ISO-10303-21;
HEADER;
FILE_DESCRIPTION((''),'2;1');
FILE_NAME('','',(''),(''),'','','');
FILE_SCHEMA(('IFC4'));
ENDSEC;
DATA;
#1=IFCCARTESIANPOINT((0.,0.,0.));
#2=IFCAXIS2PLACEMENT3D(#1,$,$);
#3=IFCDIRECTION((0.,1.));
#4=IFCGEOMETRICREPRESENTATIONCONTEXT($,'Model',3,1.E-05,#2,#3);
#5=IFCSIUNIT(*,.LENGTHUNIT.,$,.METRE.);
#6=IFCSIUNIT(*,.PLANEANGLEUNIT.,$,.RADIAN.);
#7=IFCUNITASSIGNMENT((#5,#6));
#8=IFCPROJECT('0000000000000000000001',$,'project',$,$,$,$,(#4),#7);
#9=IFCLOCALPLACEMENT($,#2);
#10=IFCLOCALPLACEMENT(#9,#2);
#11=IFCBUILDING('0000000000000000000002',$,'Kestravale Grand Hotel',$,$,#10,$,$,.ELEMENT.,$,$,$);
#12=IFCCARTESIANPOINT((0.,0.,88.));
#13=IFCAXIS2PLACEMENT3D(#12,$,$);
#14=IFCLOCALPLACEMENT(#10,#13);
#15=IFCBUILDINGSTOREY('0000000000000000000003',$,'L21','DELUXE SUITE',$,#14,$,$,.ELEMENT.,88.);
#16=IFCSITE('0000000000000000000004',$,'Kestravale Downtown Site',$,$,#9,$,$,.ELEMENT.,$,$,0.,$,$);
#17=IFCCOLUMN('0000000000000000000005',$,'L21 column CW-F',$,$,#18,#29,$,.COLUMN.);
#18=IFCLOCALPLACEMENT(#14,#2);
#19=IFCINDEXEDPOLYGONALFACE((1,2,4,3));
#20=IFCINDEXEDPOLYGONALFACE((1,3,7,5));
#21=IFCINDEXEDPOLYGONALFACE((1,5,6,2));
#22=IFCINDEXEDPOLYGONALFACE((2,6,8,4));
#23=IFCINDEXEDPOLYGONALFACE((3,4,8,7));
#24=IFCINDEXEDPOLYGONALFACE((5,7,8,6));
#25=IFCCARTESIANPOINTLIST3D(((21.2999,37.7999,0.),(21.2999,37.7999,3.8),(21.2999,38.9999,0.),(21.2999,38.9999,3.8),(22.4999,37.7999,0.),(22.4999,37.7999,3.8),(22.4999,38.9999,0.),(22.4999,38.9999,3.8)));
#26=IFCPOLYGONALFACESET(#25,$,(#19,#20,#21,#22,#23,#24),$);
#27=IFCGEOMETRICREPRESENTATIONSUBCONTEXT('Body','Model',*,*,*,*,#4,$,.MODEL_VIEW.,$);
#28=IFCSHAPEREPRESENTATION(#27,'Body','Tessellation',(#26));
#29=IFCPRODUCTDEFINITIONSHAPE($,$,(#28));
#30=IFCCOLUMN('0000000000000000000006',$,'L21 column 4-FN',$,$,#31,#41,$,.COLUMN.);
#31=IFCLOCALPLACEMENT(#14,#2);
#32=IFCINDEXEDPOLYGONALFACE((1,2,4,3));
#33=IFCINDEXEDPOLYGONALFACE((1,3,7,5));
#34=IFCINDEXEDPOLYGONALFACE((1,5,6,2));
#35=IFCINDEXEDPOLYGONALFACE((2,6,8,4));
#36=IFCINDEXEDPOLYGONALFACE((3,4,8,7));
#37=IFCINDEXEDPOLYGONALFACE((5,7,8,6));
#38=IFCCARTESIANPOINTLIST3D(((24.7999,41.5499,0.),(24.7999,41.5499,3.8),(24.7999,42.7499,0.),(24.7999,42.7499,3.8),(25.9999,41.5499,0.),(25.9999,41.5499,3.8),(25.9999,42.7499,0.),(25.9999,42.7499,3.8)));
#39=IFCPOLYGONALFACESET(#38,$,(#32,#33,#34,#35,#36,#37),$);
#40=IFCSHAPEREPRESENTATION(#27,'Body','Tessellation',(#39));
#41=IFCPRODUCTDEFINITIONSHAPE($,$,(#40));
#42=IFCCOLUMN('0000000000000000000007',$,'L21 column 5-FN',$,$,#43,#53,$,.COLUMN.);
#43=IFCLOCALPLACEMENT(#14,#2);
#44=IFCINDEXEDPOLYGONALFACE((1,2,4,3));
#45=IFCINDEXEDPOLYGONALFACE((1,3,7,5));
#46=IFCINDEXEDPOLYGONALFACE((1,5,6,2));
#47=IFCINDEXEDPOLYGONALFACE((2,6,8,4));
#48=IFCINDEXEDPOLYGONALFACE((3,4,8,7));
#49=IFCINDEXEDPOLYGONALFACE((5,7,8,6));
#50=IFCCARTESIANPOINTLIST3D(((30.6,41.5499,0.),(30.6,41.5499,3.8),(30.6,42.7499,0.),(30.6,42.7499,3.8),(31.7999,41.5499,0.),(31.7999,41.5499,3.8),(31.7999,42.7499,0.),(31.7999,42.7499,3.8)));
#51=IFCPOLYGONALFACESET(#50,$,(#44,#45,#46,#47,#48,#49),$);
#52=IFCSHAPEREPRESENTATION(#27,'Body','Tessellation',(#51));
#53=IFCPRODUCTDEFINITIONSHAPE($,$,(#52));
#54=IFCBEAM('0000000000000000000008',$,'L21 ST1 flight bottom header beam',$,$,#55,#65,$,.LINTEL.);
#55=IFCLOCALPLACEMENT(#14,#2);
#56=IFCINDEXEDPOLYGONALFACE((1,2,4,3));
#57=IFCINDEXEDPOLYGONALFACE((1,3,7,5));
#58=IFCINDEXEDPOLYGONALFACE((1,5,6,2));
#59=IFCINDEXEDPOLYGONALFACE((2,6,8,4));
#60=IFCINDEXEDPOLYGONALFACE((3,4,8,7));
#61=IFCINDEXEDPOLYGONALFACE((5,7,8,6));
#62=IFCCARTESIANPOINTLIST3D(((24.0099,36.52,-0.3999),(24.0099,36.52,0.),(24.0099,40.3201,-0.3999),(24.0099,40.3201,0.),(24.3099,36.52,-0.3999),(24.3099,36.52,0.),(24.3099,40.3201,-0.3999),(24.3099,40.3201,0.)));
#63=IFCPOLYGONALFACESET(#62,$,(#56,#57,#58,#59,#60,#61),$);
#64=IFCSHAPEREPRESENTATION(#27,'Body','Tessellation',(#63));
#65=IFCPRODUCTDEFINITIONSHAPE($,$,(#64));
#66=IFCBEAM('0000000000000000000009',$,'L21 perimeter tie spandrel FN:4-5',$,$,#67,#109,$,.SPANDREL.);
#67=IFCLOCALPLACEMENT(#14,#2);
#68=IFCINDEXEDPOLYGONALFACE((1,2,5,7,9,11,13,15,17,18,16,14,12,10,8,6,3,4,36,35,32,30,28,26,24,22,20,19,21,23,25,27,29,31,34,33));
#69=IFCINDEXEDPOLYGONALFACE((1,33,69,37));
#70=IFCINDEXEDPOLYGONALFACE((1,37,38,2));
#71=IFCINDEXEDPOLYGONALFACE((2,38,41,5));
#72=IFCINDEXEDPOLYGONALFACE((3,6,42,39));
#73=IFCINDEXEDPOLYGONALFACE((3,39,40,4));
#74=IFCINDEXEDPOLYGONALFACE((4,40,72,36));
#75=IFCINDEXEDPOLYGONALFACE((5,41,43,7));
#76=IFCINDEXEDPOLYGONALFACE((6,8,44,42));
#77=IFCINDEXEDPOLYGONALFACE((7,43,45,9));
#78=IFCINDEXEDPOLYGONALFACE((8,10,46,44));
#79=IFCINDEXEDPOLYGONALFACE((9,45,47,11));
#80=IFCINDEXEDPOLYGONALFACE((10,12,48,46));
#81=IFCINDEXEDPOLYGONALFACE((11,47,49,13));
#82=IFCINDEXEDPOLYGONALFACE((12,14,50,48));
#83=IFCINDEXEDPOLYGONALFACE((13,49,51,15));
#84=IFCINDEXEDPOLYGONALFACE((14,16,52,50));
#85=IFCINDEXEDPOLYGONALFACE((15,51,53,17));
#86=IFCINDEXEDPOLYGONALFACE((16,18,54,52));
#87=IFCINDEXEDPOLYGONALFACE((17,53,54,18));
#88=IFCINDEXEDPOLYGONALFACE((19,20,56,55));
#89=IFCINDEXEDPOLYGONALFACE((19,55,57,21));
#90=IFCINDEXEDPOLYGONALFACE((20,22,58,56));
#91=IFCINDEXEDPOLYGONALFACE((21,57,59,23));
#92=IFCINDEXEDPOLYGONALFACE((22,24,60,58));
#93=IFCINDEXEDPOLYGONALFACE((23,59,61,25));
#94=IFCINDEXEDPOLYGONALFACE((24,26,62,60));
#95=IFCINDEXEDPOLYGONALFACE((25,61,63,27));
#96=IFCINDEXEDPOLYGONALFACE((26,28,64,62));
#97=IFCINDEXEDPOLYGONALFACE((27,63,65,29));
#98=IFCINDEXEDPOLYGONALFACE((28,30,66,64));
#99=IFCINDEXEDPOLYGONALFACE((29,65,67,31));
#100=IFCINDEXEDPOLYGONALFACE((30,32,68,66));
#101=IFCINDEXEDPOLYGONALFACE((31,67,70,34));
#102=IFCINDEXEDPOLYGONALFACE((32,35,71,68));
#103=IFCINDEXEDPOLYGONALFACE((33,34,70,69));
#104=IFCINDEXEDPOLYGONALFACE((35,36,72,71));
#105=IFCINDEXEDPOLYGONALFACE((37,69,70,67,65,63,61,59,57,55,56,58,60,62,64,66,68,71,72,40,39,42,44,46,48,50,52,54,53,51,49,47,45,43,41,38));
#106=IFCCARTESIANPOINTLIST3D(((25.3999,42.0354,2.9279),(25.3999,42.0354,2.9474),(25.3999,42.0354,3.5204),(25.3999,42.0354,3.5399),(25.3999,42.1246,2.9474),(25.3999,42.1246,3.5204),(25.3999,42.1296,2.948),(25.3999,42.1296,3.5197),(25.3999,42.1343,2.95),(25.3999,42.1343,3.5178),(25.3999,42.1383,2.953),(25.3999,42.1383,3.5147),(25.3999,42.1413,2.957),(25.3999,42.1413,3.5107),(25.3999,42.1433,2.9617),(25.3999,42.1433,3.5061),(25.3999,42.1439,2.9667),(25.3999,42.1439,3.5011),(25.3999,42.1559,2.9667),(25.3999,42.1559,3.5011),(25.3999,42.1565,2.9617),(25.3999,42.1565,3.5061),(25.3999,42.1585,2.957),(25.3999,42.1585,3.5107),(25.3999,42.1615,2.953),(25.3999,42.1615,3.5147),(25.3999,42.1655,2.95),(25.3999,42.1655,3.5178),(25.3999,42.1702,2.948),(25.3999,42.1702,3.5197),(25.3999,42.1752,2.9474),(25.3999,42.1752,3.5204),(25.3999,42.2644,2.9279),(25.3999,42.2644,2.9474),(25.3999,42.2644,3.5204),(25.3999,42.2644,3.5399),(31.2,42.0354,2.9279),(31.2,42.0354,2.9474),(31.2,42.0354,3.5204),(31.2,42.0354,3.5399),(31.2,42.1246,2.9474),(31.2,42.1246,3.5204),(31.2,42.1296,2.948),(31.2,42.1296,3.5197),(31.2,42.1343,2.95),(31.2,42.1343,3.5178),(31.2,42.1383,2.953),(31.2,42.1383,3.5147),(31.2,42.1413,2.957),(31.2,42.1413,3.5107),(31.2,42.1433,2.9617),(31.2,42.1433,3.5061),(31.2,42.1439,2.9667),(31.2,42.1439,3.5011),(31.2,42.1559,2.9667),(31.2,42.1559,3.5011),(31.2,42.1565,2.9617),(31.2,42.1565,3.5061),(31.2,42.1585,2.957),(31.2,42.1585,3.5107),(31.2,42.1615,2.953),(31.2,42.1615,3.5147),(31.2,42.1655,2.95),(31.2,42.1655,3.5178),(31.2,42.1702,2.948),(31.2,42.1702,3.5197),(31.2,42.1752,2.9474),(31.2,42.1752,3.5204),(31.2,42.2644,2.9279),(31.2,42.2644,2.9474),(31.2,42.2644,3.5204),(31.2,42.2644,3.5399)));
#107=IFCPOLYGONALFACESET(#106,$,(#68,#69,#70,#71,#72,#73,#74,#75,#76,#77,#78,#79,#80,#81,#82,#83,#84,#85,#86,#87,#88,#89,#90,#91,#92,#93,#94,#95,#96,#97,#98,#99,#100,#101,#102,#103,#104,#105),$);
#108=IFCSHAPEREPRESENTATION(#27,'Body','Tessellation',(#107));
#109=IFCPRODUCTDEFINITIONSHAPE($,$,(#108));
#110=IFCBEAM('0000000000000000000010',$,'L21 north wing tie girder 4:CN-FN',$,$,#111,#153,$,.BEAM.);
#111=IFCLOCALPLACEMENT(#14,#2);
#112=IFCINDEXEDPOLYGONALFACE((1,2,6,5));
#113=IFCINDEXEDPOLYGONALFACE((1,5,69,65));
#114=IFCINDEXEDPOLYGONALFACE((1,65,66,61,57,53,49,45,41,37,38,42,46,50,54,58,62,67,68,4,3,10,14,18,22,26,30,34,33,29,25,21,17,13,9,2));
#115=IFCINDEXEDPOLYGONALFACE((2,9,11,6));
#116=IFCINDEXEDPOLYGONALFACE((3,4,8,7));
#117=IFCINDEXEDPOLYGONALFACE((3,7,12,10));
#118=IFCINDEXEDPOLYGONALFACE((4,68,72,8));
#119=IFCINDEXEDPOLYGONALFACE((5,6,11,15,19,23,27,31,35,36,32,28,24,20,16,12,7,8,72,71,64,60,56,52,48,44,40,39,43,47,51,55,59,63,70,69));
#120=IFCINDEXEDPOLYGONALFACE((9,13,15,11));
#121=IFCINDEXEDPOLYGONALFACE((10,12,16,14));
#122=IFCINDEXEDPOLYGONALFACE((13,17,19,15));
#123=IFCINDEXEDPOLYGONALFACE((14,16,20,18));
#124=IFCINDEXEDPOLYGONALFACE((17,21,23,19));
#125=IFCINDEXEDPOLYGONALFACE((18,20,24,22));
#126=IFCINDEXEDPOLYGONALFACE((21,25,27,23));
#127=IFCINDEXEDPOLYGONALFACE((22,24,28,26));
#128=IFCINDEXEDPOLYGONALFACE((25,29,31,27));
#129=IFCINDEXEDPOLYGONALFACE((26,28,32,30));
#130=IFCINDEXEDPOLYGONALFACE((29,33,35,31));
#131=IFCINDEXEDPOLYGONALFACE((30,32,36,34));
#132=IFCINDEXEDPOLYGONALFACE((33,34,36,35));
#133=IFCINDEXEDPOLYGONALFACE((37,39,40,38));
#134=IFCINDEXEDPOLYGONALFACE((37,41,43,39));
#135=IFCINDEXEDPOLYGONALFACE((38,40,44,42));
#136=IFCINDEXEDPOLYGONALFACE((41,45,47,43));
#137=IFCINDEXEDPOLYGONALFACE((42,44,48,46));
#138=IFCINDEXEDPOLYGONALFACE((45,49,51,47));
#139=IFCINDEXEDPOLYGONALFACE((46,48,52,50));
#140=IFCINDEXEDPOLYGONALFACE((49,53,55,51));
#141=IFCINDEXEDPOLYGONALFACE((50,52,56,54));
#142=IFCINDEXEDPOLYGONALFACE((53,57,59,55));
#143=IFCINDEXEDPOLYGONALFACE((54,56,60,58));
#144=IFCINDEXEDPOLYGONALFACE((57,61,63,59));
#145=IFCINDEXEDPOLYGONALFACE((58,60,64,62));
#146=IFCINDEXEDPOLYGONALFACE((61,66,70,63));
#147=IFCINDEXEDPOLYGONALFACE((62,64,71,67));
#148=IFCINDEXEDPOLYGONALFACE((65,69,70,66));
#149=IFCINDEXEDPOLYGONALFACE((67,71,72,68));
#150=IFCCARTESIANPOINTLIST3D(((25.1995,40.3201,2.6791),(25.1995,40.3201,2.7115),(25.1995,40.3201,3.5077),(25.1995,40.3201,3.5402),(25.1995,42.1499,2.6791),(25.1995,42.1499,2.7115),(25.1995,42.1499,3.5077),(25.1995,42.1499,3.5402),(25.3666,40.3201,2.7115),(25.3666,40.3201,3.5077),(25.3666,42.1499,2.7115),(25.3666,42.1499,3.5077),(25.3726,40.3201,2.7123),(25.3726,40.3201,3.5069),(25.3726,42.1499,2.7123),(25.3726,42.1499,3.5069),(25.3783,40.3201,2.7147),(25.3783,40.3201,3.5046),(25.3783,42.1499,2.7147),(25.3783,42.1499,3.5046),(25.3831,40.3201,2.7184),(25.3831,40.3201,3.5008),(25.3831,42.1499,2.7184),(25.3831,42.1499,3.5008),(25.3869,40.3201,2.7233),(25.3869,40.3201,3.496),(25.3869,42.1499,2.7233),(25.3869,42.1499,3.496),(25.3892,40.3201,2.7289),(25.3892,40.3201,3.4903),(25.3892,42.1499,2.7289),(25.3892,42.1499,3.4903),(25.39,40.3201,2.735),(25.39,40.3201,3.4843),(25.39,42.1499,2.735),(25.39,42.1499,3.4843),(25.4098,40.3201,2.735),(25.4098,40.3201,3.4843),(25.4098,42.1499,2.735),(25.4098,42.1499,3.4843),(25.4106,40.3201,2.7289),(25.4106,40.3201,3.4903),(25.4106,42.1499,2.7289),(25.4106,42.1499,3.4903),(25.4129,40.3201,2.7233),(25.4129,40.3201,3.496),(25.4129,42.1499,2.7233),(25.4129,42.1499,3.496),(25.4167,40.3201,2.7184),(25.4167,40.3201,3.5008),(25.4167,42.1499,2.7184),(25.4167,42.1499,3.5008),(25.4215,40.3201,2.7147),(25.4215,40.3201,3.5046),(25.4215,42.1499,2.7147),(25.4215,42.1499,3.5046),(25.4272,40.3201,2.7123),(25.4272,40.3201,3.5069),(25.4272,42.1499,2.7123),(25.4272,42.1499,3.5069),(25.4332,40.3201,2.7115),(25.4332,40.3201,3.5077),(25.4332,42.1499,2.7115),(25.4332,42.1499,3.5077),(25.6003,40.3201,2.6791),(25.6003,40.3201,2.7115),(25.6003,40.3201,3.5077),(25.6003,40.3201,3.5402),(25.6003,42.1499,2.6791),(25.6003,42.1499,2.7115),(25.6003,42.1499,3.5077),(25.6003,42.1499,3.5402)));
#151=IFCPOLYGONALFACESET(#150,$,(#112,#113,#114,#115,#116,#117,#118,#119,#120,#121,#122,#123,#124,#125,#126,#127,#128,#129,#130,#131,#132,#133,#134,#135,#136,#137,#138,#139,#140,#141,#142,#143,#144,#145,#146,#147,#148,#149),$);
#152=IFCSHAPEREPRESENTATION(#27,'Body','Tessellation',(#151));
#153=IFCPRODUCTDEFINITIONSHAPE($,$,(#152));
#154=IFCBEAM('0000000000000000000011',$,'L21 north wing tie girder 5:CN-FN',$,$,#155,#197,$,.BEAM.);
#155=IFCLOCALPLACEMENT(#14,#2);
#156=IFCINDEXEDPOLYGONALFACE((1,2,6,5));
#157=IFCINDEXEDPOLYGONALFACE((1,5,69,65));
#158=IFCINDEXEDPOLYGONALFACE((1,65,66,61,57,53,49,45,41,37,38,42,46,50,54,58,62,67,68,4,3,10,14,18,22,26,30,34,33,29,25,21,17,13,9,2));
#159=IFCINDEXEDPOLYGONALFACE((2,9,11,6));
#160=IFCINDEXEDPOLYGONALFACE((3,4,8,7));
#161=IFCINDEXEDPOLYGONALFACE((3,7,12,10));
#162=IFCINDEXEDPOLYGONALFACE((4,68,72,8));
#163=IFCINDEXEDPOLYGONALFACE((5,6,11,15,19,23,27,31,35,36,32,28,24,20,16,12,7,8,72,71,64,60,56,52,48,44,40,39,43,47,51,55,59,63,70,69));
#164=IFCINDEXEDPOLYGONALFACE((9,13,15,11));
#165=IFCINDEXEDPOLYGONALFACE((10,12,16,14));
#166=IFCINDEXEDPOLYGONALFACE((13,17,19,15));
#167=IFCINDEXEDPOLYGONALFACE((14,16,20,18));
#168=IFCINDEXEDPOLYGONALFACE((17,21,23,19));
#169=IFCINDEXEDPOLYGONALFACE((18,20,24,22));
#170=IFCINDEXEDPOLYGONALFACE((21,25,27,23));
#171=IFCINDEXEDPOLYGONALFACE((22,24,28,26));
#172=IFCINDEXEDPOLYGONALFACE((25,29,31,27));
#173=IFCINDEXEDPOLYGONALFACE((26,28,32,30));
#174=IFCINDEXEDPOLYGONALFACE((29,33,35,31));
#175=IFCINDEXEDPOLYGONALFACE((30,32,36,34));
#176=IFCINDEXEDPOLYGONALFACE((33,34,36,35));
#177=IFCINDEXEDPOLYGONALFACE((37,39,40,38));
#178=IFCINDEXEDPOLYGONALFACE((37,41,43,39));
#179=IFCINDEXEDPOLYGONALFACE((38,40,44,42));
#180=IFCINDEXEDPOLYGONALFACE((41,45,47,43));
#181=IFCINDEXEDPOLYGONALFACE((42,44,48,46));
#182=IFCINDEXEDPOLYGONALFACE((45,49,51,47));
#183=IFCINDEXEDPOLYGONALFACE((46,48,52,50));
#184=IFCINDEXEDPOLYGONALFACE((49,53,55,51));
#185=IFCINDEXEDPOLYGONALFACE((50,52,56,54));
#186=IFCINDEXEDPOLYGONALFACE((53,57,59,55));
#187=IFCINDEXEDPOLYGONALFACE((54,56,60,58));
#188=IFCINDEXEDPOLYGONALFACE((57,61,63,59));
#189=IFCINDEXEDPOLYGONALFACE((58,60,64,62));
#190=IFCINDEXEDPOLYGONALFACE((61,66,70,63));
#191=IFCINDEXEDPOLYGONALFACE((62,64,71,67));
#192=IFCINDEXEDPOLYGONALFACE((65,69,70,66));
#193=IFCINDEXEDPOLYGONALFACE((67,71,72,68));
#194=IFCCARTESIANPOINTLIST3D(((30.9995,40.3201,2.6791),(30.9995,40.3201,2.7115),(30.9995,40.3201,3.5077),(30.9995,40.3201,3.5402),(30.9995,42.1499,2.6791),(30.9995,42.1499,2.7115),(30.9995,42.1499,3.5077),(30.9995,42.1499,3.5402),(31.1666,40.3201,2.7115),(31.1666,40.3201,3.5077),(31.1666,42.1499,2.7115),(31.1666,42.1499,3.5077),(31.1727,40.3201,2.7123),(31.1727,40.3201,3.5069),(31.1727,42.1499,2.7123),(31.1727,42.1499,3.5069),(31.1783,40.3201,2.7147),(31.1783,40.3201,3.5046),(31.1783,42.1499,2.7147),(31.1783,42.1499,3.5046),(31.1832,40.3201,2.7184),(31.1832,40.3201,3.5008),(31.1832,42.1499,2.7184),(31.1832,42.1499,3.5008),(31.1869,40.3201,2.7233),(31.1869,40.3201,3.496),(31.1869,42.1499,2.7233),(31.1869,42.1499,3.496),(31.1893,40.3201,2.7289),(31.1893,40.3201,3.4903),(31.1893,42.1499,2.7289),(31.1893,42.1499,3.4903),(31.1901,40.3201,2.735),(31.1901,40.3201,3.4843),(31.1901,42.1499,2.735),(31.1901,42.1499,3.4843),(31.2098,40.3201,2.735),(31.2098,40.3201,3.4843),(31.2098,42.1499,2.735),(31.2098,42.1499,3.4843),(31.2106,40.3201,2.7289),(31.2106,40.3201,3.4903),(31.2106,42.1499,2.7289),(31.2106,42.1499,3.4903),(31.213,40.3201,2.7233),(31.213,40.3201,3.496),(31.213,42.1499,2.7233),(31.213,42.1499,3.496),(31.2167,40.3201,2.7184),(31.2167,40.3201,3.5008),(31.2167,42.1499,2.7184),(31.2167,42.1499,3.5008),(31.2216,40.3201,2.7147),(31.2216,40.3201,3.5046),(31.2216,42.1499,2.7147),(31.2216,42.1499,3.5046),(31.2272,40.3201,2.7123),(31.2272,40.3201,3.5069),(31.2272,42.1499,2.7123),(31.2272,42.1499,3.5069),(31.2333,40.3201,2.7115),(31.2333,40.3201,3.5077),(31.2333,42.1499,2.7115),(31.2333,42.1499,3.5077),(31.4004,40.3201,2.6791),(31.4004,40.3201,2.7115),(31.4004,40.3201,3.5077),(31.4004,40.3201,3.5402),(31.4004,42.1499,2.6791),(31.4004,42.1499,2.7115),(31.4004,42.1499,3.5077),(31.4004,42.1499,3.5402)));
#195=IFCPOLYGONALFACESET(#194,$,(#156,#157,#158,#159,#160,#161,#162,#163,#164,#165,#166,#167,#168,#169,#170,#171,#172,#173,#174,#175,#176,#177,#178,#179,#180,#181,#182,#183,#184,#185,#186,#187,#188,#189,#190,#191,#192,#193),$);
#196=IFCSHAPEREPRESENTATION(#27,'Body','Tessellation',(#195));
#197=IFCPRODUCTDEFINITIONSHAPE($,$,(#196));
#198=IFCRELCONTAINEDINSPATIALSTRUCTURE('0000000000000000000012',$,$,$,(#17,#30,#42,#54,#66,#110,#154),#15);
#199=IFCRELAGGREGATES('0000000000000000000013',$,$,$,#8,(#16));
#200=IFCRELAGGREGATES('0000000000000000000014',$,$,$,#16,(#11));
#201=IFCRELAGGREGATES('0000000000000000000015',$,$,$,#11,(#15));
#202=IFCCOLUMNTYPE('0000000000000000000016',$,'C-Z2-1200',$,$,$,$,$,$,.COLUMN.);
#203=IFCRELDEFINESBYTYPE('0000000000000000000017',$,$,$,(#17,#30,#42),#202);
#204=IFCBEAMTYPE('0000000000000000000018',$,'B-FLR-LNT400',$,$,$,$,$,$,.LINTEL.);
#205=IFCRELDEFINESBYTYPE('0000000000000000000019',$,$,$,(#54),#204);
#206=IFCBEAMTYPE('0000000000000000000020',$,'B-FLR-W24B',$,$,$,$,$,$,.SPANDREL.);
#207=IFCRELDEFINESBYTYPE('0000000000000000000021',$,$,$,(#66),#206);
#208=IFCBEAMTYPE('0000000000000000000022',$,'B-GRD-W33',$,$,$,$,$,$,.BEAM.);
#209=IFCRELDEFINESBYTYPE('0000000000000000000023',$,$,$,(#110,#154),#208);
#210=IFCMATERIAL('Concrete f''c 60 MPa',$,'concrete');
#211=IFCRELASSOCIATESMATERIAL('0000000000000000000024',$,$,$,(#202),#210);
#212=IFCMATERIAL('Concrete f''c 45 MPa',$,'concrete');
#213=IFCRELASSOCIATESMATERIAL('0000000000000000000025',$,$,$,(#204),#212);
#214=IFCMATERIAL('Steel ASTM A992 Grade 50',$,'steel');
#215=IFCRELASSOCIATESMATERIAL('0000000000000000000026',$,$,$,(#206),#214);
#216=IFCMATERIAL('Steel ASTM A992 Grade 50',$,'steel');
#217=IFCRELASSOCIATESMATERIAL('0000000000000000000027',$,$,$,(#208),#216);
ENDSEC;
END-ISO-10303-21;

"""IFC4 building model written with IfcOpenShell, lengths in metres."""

from ifc_helpers import new_model, si_unit, direction, frame, origin, origin_2d, place, context, subcontext, project, spatial, rectangle, i_section, extrude, material, material_profile, profile_set, type_object, element, save


model = new_model("IFC4")

# Units and contexts
model_context = context("Model", 3, precision=1e-05, world=origin(), true_north=direction((0.0, 1.0)))
body_context = subcontext(model_context, "Body", "Model", "MODEL_VIEW")
ifc_project = project(units=[si_unit("LENGTHUNIT", "METRE"), si_unit("PLANEANGLEUNIT", "RADIAN")], contexts=[model_context])

# Site, building, storey
site_placement = place(None, origin())
site = spatial("IfcSite", under=ifc_project, at=site_placement, Name="Kestravale Downtown Site", CompositionType="ELEMENT", RefElevation=0.0)
building_placement = place(site_placement, origin())
building = spatial("IfcBuilding", under=site, at=building_placement, Name="Kestravale Grand Hotel", CompositionType="ELEMENT")
storey_placement = place(building_placement, frame((0.0, 0.0, 88.0)))
storey = spatial("IfcBuildingStorey", under=building, at=storey_placement, Name="L21", Description="DELUXE SUITE", CompositionType="ELEMENT", Elevation=88.0)

# Columns
ifc_material_1 = material(Name="Concrete f'c 60 MPa", Category="concrete")
ifc_material_profile_1 = material_profile(ifc_material_1, rectangle(XDim=1.2, YDim=1.2, at=origin_2d()))
ifc_profile_set_1 = profile_set([ifc_material_profile_1], Name="Concrete f'c 60 MPa")
column_type = type_object("IfcColumnType", Name="C-Z2-1200", PredefinedType="COLUMN", material=ifc_profile_set_1)
for number, where, z_axis, x_axis, name in (
    (1, (21.8999, 38.3999, 0.0), (0.0, 0.0, 1.0), (1.0, 0.0, 0.0), "L21 column CW-F"),
    (2, (25.3999, 42.1499, 0.0), (0.0, 0.0, 1.0), (1.0, 0.0, 0.0), "L21 column 4-FN"),
    (3, (31.2, 42.1499, 0.0), (0.0, 0.0, 1.0), (1.0, 0.0, 0.0), "L21 column 5-FN"),
):
    element("IfcColumn", number, at=place(storey_placement, frame(where, z_axis=z_axis, x_axis=x_axis)), inside=storey, type_object=column_type, Name=name, PredefinedType="COLUMN", context=body_context, shape_type="SweptSolid", body=[
        extrude(rectangle(XDim=1.2, YDim=1.2, at=origin_2d()), origin(), (0.0, 0.0, 1.0), 3.8),
    ])

# Beams
ifc_material_2 = material(Name="Concrete f'c 45 MPa", Category="concrete")
ifc_material_profile_2 = material_profile(ifc_material_2, rectangle(XDim=0.3, YDim=0.3999, at=origin_2d()))
ifc_profile_set_2 = profile_set([ifc_material_profile_2], Name="Concrete f'c 45 MPa")
beam_type_1 = type_object("IfcBeamType", Name="B-FLR-LNT400", PredefinedType="LINTEL", material=ifc_profile_set_2)
beam_1_placement = place(storey_placement, frame((24.1599, 36.52, -0.2), z_axis=(0.0, 1.0, 0.0), x_axis=(-1.0, 0.0, 0.0)))
element("IfcBeam", 4, at=beam_1_placement, inside=storey, type_object=beam_type_1, Name="L21 ST1 flight bottom header beam", PredefinedType="LINTEL", context=body_context, shape_type="SweptSolid", body=[
    extrude(rectangle(XDim=0.3, YDim=0.3999, at=origin_2d()), origin(), (0.0, 0.0, 1.0), 3.8),
])
ifc_material_3 = material(Name="Steel ASTM A992 Grade 50", Category="steel")
ifc_material_profile_3 = material_profile(ifc_material_3, i_section(OverallWidth=0.229, OverallDepth=0.6121, WebThickness=0.012, FlangeThickness=0.0195, FilletRadius=0.0193, at=origin_2d()))
ifc_profile_set_3 = profile_set([ifc_material_profile_3], Name="Steel ASTM A992 Grade 50")
beam_type_2 = type_object("IfcBeamType", Name="B-FLR-W24B", PredefinedType="SPANDREL", material=ifc_profile_set_3)
beam_2_placement = place(storey_placement, frame((25.3999, 42.1499, 3.2339), z_axis=(1.0, 0.0, 0.0), x_axis=(0.0, 1.0, 0.0)))
element("IfcBeam", 5, at=beam_2_placement, inside=storey, type_object=beam_type_2, Name="L21 perimeter tie spandrel FN:4-5", PredefinedType="SPANDREL", context=body_context, shape_type="SweptSolid", body=[
    extrude(i_section(OverallWidth=0.229, OverallDepth=0.6121, WebThickness=0.012, FlangeThickness=0.0195, FilletRadius=0.0193, at=origin_2d()), origin(), (0.0, 0.0, 1.0), 5.8),
])
ifc_material_4 = material(Name="Steel ASTM A992 Grade 50", Category="steel")
ifc_material_profile_4 = material_profile(ifc_material_4, i_section(OverallWidth=0.4009, OverallDepth=0.8611, WebThickness=0.0198, FlangeThickness=0.0325, FilletRadius=0.0234, at=origin_2d()))
ifc_profile_set_4 = profile_set([ifc_material_profile_4], Name="Steel ASTM A992 Grade 50")
beam_type_3 = type_object("IfcBeamType", Name="B-GRD-W33", PredefinedType="BEAM", material=ifc_profile_set_4)
for number, where, z_axis, x_axis, name in (
    (6, (25.3999, 40.3201, 3.1096), (0.0, 1.0, 0.0), (-1.0, 0.0, 0.0), "L21 north wing tie girder 4:CN-FN"),
    (7, (31.2, 40.3201, 3.1096), (0.0, 1.0, 0.0), (-1.0, 0.0, 0.0), "L21 north wing tie girder 5:CN-FN"),
):
    element("IfcBeam", number, at=place(storey_placement, frame(where, z_axis=z_axis, x_axis=x_axis)), inside=storey, type_object=beam_type_3, Name=name, PredefinedType="BEAM", context=body_context, shape_type="SweptSolid", body=[
        extrude(i_section(OverallWidth=0.4009, OverallDepth=0.8611, WebThickness=0.0198, FlangeThickness=0.0325, FilletRadius=0.0234, at=origin_2d()), origin(), (0.0, 0.0, 1.0), 1.8298),
    ])

save(model, "model.ifc")
